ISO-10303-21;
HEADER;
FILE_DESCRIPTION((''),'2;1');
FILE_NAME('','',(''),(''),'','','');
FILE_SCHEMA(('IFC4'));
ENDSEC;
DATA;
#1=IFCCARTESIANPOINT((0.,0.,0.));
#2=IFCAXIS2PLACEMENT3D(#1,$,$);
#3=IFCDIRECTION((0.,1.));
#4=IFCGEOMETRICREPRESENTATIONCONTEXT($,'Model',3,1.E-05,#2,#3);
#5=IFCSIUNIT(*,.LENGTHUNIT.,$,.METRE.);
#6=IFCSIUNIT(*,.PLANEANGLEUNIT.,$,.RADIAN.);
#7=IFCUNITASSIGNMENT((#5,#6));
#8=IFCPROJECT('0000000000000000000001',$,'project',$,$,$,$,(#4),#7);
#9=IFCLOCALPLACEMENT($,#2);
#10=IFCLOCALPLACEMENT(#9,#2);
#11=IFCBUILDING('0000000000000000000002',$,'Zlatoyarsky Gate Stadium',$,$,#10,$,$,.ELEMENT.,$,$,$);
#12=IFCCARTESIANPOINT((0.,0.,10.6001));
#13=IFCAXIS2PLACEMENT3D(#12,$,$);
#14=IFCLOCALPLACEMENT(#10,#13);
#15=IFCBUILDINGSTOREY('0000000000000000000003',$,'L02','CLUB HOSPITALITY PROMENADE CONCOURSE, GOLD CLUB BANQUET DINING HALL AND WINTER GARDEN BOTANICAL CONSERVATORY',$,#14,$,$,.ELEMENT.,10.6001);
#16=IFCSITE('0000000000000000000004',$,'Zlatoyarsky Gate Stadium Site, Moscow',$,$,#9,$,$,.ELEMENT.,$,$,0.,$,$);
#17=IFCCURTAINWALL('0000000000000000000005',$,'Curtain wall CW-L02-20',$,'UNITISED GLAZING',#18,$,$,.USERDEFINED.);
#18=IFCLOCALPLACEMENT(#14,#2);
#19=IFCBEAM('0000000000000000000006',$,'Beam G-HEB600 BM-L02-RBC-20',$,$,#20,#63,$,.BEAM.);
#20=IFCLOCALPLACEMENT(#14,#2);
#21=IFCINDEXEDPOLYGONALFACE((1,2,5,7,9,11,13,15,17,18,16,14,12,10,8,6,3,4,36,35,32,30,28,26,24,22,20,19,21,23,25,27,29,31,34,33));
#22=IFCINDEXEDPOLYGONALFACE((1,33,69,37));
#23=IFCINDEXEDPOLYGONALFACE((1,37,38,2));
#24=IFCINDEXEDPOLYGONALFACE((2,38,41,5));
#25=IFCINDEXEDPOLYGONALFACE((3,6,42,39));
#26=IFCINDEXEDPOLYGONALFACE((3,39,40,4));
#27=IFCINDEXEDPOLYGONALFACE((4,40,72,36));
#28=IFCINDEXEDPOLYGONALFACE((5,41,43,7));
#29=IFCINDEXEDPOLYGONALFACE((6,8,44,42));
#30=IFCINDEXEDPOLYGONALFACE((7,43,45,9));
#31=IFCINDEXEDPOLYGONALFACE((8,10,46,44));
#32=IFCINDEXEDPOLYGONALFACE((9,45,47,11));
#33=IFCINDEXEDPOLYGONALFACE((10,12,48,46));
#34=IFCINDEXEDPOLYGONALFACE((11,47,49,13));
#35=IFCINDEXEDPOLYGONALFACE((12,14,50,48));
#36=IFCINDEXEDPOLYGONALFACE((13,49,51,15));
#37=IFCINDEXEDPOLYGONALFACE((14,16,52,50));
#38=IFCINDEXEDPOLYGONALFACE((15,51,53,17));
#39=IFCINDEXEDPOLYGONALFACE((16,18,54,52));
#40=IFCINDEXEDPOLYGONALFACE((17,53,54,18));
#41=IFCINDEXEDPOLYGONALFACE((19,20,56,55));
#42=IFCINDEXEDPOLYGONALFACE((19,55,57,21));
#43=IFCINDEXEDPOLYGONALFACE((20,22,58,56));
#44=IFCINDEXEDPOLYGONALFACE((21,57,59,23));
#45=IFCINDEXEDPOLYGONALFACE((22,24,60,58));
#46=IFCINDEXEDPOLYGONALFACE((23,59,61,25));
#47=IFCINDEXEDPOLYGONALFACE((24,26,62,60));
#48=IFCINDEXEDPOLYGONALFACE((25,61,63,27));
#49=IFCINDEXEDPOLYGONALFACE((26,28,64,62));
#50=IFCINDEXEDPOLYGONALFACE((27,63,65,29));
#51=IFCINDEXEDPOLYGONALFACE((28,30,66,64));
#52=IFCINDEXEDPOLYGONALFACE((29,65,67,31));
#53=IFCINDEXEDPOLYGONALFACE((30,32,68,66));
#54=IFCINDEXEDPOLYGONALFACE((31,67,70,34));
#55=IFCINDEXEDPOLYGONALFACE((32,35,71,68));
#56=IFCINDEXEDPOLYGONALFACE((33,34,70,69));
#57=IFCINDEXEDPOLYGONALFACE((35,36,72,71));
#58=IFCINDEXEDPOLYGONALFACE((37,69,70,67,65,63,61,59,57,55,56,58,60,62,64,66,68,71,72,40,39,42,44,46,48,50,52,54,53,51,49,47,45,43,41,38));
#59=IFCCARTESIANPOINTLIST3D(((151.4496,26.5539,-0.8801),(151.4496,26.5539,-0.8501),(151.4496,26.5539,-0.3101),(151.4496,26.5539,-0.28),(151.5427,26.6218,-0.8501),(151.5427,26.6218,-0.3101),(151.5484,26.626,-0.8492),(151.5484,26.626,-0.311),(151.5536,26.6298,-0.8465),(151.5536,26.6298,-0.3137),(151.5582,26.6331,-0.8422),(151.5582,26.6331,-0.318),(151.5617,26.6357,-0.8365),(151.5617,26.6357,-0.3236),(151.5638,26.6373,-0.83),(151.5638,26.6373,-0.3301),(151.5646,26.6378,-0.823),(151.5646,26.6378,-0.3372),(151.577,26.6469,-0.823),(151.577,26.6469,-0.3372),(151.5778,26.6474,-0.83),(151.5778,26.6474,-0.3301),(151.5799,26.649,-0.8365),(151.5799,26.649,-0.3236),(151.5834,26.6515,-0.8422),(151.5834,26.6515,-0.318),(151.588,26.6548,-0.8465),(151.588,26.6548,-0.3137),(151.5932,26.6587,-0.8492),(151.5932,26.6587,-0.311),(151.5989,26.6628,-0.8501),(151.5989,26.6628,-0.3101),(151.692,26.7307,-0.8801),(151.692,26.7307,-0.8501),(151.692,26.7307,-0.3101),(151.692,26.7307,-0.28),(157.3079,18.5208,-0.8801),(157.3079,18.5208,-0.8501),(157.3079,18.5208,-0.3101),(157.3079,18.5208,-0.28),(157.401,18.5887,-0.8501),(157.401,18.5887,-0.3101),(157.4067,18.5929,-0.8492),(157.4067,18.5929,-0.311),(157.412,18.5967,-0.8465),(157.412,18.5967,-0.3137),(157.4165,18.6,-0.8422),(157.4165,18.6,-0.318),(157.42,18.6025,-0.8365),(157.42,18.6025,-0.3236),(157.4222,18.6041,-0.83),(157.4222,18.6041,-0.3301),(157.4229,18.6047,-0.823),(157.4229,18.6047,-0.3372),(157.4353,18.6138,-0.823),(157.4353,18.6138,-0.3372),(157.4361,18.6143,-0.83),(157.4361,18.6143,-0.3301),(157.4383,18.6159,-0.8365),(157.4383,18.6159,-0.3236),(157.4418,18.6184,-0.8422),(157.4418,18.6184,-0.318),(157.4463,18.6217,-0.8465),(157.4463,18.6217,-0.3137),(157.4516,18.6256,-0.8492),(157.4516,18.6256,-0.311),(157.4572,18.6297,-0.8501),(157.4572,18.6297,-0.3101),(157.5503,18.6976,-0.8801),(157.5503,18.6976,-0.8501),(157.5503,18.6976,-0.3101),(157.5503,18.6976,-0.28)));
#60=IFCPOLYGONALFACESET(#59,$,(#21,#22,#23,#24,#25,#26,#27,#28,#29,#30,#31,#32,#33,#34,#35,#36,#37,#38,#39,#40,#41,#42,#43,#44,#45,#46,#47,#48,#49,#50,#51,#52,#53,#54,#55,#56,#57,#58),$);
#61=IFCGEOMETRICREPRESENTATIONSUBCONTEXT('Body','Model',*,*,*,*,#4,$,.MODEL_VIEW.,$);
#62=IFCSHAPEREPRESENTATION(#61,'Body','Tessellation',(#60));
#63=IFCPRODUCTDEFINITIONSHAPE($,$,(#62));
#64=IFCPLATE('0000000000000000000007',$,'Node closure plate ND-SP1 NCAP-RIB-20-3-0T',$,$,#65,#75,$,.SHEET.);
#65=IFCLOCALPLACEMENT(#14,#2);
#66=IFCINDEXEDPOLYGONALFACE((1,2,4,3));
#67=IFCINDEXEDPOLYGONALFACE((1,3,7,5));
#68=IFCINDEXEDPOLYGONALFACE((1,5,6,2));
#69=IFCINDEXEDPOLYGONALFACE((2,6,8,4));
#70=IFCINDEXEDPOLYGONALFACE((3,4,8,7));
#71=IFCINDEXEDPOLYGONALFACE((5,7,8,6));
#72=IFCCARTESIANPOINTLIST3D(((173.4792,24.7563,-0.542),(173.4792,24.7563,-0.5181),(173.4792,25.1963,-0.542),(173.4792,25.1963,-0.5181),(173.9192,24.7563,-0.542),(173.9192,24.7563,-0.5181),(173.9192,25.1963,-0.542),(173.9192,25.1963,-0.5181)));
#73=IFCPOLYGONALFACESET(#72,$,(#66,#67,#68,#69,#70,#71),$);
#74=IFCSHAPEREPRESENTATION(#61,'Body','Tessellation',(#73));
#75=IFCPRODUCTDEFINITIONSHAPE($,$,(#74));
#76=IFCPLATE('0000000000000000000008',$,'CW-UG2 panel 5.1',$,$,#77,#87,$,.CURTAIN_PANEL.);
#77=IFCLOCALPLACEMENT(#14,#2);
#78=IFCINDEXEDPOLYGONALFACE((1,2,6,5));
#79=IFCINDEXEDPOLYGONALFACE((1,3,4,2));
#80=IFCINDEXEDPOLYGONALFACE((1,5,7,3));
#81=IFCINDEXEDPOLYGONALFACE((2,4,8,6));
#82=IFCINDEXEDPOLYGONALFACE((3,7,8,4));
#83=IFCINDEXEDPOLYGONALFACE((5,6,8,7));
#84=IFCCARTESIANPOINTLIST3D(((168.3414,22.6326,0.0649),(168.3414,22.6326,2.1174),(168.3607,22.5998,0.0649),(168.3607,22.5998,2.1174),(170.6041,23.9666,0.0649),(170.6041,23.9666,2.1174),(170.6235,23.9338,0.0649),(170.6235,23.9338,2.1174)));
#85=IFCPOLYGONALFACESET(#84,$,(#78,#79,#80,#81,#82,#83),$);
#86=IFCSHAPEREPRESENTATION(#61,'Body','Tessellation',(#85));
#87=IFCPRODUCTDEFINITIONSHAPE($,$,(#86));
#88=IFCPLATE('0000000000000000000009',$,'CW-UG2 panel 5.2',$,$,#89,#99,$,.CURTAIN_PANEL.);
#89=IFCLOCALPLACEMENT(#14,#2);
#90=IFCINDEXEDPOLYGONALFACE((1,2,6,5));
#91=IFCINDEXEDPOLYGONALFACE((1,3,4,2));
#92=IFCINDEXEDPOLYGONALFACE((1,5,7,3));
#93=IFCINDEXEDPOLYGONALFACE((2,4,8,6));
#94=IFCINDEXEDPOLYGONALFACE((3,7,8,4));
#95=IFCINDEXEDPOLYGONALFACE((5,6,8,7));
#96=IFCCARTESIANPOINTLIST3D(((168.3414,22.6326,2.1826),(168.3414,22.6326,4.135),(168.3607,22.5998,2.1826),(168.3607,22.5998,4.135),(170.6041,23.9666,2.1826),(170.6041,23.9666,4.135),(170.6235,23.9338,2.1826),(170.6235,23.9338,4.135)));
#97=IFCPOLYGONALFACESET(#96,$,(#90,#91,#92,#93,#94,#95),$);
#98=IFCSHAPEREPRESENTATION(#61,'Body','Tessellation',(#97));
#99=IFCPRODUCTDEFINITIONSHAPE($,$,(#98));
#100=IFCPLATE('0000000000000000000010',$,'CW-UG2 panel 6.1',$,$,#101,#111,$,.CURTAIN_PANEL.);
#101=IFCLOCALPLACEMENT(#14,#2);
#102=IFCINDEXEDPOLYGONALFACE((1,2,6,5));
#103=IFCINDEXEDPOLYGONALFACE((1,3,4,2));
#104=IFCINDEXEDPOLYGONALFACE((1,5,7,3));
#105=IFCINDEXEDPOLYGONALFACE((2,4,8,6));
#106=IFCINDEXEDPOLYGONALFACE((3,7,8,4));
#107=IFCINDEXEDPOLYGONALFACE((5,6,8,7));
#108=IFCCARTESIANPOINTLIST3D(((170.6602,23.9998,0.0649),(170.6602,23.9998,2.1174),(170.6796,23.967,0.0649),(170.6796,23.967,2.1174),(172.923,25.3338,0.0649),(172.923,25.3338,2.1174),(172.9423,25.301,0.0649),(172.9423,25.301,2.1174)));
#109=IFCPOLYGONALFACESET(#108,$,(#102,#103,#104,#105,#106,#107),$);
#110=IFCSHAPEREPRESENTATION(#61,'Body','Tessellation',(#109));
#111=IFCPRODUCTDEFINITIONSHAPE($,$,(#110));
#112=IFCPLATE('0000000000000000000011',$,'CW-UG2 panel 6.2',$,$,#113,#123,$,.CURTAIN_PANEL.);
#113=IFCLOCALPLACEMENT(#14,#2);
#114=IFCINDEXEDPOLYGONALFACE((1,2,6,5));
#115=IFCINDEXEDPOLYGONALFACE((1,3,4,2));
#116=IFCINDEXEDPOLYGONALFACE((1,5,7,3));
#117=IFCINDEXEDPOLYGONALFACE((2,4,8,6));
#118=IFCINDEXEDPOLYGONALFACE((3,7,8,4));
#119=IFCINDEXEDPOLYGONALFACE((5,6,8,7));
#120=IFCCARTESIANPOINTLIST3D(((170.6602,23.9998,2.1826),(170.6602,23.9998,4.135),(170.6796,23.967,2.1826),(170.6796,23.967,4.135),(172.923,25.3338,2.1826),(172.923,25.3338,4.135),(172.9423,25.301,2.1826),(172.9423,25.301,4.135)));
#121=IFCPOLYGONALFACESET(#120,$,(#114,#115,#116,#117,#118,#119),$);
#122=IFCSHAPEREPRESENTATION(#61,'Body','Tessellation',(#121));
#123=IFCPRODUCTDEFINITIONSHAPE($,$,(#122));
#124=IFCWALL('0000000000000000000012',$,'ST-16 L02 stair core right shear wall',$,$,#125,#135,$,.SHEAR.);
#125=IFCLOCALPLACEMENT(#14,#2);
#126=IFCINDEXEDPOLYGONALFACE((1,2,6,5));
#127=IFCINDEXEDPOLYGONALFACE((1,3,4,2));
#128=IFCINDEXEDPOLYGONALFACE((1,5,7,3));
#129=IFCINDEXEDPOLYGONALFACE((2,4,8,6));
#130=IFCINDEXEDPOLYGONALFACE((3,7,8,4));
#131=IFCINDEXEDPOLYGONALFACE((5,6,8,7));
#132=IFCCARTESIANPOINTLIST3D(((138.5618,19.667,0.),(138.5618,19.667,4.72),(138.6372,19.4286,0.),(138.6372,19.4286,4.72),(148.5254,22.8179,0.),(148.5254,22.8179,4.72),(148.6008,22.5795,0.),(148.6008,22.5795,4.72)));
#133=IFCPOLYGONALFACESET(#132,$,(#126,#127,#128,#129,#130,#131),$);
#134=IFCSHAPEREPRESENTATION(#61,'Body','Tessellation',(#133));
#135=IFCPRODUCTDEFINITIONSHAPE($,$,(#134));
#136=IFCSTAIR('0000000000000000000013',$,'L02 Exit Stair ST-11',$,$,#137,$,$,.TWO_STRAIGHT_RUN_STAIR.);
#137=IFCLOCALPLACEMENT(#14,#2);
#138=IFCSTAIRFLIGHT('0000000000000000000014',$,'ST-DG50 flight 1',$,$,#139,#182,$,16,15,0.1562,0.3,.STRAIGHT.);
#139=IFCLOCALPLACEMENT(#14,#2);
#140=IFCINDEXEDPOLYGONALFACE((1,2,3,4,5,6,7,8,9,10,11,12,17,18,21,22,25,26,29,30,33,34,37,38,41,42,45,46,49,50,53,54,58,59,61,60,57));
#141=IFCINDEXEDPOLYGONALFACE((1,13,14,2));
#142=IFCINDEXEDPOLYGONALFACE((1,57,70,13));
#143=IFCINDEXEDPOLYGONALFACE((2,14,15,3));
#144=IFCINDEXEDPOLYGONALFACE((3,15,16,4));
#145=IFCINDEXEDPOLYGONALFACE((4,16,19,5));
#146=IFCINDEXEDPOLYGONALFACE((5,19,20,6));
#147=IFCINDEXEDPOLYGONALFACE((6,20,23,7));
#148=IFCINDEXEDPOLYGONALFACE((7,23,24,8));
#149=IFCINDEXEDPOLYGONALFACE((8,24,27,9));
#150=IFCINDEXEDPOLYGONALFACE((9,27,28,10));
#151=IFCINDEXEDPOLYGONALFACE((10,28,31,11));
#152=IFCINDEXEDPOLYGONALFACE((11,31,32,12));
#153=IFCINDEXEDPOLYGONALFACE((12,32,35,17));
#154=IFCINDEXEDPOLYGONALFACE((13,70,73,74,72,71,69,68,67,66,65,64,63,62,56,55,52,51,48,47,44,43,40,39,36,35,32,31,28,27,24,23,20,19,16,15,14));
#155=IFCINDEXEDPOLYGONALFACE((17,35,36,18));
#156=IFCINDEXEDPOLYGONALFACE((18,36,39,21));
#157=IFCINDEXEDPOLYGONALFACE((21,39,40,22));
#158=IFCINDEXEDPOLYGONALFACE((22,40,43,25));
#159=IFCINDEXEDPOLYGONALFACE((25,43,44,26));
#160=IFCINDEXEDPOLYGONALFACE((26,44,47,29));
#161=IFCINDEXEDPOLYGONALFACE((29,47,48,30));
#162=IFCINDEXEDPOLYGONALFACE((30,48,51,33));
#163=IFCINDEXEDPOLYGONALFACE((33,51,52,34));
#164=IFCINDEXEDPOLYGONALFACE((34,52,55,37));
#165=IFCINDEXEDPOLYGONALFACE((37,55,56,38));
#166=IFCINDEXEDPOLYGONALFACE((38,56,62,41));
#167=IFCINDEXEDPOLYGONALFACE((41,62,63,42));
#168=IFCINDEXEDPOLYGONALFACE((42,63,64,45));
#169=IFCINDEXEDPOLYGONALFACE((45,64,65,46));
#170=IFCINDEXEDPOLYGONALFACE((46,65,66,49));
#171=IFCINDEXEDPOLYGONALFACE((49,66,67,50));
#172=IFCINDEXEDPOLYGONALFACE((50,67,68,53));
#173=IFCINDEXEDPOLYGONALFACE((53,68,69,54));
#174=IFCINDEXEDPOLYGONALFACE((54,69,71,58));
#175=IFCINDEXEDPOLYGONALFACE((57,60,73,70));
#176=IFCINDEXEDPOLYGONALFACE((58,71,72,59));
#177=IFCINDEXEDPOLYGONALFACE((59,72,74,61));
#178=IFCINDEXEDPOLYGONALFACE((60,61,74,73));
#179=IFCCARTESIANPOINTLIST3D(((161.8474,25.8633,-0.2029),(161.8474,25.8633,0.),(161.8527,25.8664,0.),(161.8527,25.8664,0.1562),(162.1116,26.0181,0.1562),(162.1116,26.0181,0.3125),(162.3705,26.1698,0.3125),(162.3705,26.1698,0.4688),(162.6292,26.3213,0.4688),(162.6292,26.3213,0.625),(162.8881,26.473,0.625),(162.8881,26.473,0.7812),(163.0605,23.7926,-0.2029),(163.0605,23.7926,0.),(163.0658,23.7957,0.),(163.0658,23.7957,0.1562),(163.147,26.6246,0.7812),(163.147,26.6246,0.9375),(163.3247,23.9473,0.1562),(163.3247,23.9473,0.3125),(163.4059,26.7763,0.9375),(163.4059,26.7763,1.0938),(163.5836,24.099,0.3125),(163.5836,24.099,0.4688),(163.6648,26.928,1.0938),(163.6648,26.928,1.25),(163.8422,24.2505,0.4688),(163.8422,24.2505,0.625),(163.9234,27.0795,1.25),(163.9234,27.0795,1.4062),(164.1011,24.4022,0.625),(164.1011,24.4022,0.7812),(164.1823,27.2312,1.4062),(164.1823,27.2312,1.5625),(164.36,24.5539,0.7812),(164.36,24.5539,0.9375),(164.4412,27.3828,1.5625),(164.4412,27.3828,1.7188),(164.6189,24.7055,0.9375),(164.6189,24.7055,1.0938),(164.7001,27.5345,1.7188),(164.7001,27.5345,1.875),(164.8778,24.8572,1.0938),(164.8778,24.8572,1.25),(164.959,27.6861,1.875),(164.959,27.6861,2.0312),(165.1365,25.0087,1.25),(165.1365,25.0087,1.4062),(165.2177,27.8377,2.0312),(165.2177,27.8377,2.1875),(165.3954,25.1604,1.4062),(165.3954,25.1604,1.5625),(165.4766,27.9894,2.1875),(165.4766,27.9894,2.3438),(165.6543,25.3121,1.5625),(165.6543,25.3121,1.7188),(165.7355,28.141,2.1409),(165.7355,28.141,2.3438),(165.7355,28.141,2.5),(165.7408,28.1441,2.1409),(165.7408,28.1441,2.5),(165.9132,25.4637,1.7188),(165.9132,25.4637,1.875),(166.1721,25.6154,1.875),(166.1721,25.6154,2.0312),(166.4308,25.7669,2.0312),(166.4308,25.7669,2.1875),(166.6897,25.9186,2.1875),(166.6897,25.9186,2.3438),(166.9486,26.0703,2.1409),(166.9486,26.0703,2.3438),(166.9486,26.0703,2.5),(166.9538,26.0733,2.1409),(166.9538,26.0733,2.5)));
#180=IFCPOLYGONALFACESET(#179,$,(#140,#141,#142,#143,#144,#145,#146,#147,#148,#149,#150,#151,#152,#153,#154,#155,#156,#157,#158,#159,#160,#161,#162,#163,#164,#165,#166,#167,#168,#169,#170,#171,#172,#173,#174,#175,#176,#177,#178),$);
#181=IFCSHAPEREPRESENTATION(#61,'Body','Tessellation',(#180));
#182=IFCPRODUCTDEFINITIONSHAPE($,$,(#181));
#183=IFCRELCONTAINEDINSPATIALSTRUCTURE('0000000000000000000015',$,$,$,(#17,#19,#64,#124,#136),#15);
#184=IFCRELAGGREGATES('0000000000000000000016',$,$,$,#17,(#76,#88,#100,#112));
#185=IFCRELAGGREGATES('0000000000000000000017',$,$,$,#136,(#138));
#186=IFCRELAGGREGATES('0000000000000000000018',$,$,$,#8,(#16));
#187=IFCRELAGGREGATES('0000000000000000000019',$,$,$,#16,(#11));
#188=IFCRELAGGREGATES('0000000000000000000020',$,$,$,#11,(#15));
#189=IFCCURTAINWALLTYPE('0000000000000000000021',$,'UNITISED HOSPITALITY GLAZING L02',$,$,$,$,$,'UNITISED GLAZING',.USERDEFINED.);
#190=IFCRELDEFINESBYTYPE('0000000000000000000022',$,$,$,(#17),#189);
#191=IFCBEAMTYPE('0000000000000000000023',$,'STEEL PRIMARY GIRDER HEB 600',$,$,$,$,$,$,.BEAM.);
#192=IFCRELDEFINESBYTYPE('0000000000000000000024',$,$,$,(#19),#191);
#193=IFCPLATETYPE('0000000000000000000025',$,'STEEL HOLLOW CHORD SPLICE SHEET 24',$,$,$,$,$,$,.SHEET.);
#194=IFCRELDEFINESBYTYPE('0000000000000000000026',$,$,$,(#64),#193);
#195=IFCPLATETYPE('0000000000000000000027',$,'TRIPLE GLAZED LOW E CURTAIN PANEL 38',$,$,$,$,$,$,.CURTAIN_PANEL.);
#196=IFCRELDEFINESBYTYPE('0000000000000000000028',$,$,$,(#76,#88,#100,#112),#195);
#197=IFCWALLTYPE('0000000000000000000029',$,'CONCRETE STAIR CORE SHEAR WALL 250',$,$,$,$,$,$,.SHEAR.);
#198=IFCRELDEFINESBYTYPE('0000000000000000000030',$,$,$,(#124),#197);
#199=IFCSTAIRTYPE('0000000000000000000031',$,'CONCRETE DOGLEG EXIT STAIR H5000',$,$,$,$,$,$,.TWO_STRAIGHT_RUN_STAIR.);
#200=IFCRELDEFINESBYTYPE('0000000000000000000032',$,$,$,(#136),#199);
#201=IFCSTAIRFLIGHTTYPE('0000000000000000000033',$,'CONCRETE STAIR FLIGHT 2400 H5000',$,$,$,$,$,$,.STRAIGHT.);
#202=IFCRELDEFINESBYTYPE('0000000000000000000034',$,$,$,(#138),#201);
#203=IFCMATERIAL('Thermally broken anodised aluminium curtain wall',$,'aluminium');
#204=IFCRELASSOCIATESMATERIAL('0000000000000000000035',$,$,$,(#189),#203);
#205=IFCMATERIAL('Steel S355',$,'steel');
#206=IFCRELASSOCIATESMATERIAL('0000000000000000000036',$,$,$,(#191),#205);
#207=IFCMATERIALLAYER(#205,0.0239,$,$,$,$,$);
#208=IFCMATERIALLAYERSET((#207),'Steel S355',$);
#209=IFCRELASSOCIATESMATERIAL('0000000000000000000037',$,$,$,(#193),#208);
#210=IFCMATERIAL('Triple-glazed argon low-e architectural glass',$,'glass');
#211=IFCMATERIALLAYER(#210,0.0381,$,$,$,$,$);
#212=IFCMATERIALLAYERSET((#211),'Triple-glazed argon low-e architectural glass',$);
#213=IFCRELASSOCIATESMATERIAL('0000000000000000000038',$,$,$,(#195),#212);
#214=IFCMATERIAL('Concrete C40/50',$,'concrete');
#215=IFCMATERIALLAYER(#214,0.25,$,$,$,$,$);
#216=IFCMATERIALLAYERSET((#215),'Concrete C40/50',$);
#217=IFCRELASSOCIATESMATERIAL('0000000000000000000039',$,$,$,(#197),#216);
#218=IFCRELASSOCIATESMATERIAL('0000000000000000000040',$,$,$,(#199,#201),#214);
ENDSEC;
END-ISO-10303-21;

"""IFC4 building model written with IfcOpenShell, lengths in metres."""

from ifc_helpers import new_model, si_unit, direction, frame, frame_2d, origin, origin_2d, place, context, subcontext, project, spatial, polyline, rectangle, i_section, outline, extrude, material, layer, layer_set, material_profile, profile_set, type_object, element, aggregate, save


model = new_model("IFC4")

# Units and contexts
model_context = context("Model", 3, precision=1e-05, world=origin(), true_north=direction((0.0, 1.0)))
body_context = subcontext(model_context, "Body", "Model", "MODEL_VIEW")
ifc_project = project(units=[si_unit("LENGTHUNIT", "METRE"), si_unit("PLANEANGLEUNIT", "RADIAN")], contexts=[model_context])

# Site, building, storey
site_placement = place(None, origin())
site = spatial("IfcSite", under=ifc_project, at=site_placement, Name="Zlatoyarsky Gate Stadium Site, Moscow", CompositionType="ELEMENT", RefElevation=0.0)
building_placement = place(site_placement, origin())
building = spatial("IfcBuilding", under=site, at=building_placement, Name="Zlatoyarsky Gate Stadium", CompositionType="ELEMENT")
storey_placement = place(building_placement, frame((0.0, 0.0, 10.6001)))
storey = spatial("IfcBuildingStorey", under=building, at=storey_placement, Name="L02", Description="CLUB HOSPITALITY PROMENADE CONCOURSE, GOLD CLUB BANQUET DINING HALL AND WINTER GARDEN BOTANICAL CONSERVATORY", CompositionType="ELEMENT", Elevation=10.6001)

# Shared definitions
ifc_material_1 = material(Name="Concrete C40/50", Category="concrete")

# Curtain wall
ifc_material_2 = material(Name="Thermally broken anodised aluminium curtain wall", Category="aluminium")
curtain_wall_type = type_object("IfcCurtainWallType", Name="UNITISED HOSPITALITY GLAZING L02", ElementType="UNITISED GLAZING", PredefinedType="USERDEFINED", material=ifc_material_2)
curtain_wall_placement = place(storey_placement, origin())
curtain_wall = element("IfcCurtainWall", 1, at=curtain_wall_placement, inside=storey, type_object=curtain_wall_type, Name="Curtain wall CW-L02-20", ObjectType="UNITISED GLAZING", PredefinedType="USERDEFINED")

# Beam
ifc_material_3 = material(Name="Steel S355", Category="steel")
ifc_material_profile_1 = material_profile(ifc_material_3, i_section(OverallWidth=0.3, OverallDepth=0.6001, WebThickness=0.0154, FlangeThickness=0.03, FilletRadius=0.0271, at=origin_2d()), Name="HEB 600")
ifc_profile_set_1 = profile_set([ifc_material_profile_1], Name="Steel S355")
beam_type = type_object("IfcBeamType", Name="STEEL PRIMARY GIRDER HEB 600", PredefinedType="BEAM", material=ifc_profile_set_1)
beam_placement = place(storey_placement, frame((151.5708, 26.6423, -0.5801), z_axis=(0.589228, -0.807967, 0.0), x_axis=(0.807967, 0.589228, 0.0)))
element("IfcBeam", 2, at=beam_placement, inside=storey, type_object=beam_type, Name="Beam G-HEB600 BM-L02-RBC-20", PredefinedType="BEAM", context=body_context, shape_type="SweptSolid", body=[
    extrude(i_section(OverallWidth=0.3, OverallDepth=0.6001, WebThickness=0.0154, FlangeThickness=0.03, FilletRadius=0.0271, at=origin_2d()), origin(), (0.0, 0.0, 1.0), 9.9424),
])

# Plates
ifc_layer_1 = layer(ifc_material_3, 0.0239)
ifc_layer_set_1 = layer_set([ifc_layer_1], Name="Steel S355")
plate_type_1 = type_object("IfcPlateType", Name="STEEL HOLLOW CHORD SPLICE SHEET 24", PredefinedType="SHEET", material=ifc_layer_set_1)
plate_1_placement = place(storey_placement, frame((173.6992, 24.9763, -0.542), z_axis=(0.0, 0.0, 1.0), x_axis=(1.0, 0.0, 0.0)))
element("IfcPlate", 3, at=plate_1_placement, inside=storey, type_object=plate_type_1, Name="Node closure plate ND-SP1 NCAP-RIB-20-3-0T", PredefinedType="SHEET", context=body_context, shape_type="SweptSolid", body=[
    extrude(rectangle(XDim=0.4399, YDim=0.4399, at=origin_2d()), origin(), (0.0, 0.0, 1.0), 0.0239),
])
ifc_material_4 = material(Name="Triple-glazed argon low-e architectural glass", Category="glass")
ifc_layer_2 = layer(ifc_material_4, 0.0381)
ifc_layer_set_2 = layer_set([ifc_layer_2], Name="Triple-glazed argon low-e architectural glass")
plate_type_2 = type_object("IfcPlateType", Name="TRIPLE GLAZED LOW E CURTAIN PANEL 38", PredefinedType="CURTAIN_PANEL", material=ifc_layer_set_2)
plate_2_placement = place(storey_placement, frame((169.4824, 23.2832, 0.0649), z_axis=(0.0, 0.0, 1.0), x_axis=(0.861425, 0.507884, 0.0)))
plate_2 = element("IfcPlate", 4, at=plate_2_placement, type_object=plate_type_2, Name="CW-UG2 panel 5.1", PredefinedType="CURTAIN_PANEL", context=body_context, shape_type="SweptSolid", body=[
    extrude(rectangle(XDim=2.6267, YDim=0.0381, at=origin_2d()), origin(), (0.0, 0.0, 1.0), 2.0525),
])
plate_3_placement = place(storey_placement, frame((169.4824, 23.2832, 2.1826), z_axis=(0.0, 0.0, 1.0), x_axis=(0.861425, 0.507884, 0.0)))
plate_3 = element("IfcPlate", 5, at=plate_3_placement, type_object=plate_type_2, Name="CW-UG2 panel 5.2", PredefinedType="CURTAIN_PANEL", context=body_context, shape_type="SweptSolid", body=[
    extrude(rectangle(XDim=2.6267, YDim=0.0381, at=origin_2d()), origin(), (0.0, 0.0, 1.0), 1.9524),
])
plate_4_placement = place(storey_placement, frame((171.8013, 24.6504, 0.0649), z_axis=(0.0, 0.0, 1.0), x_axis=(0.861425, 0.507884, 0.0)))
plate_4 = element("IfcPlate", 6, at=plate_4_placement, type_object=plate_type_2, Name="CW-UG2 panel 6.1", PredefinedType="CURTAIN_PANEL", context=body_context, shape_type="SweptSolid", body=[
    extrude(rectangle(XDim=2.6267, YDim=0.0381, at=origin_2d()), origin(), (0.0, 0.0, 1.0), 2.0525),
])
plate_5_placement = place(storey_placement, frame((171.8013, 24.6504, 2.1826), z_axis=(0.0, 0.0, 1.0), x_axis=(0.861425, 0.507884, 0.0)))
plate_5 = element("IfcPlate", 7, at=plate_5_placement, type_object=plate_type_2, Name="CW-UG2 panel 6.2", PredefinedType="CURTAIN_PANEL", context=body_context, shape_type="SweptSolid", body=[
    extrude(rectangle(XDim=2.6267, YDim=0.0381, at=origin_2d()), origin(), (0.0, 0.0, 1.0), 1.9524),
])
aggregate(curtain_wall, [plate_2, plate_3, plate_4, plate_5])

# Wall
ifc_layer_3 = layer(ifc_material_1, 0.25)
ifc_layer_set_3 = layer_set([ifc_layer_3], Name="Concrete C40/50")
wall_type = type_object("IfcWallType", Name="CONCRETE STAIR CORE SHEAR WALL 250", PredefinedType="SHEAR", material=ifc_layer_set_3)
wall_placement = place(storey_placement, frame((148.5632, 22.6987, 0.0), z_axis=(0.0, 0.0, 1.0), x_axis=(-0.95346, -0.30152, 0.0)))
element("IfcWall", 8, at=wall_placement, inside=storey, type_object=wall_type, Name="ST-16 L02 stair core right shear wall", PredefinedType="SHEAR", context=body_context, shape_type="SweptSolid", body=[
    extrude(rectangle(XDim=10.45, YDim=0.25, at=frame_2d((5.2251, 0.0))), origin(), (0.0, 0.0, 1.0), 4.72),
])

# Stair, stair flight
stair_type = type_object("IfcStairType", Name="CONCRETE DOGLEG EXIT STAIR H5000", PredefinedType="TWO_STRAIGHT_RUN_STAIR", material=ifc_material_1)
stair_placement = place(storey_placement, origin())
stair = element("IfcStair", 9, at=stair_placement, inside=storey, type_object=stair_type, Name="L02 Exit Stair ST-11", PredefinedType="TWO_STRAIGHT_RUN_STAIR")
stair_flight_type = type_object("IfcStairFlightType", Name="CONCRETE STAIR FLIGHT 2400 H5000", PredefinedType="STRAIGHT", material=ifc_material_1)
stair_flight_placement = place(storey_placement, frame((162.4592, 24.8311, 0.0), z_axis=(0.0, 0.0, 1.0), x_axis=(0.862848, 0.505463, 0.0)))
stair_flight = element("IfcStairFlight", 10, at=stair_flight_placement, type_object=stair_flight_type, Name="ST-DG50 flight 1", NumberOfRisers=16, NumberOfTreads=15, PredefinedType="STRAIGHT", RiserHeight=0.1562, TreadLength=0.3, context=body_context, shape_type="SweptSolid", body=[
    extrude(outline(polyline([(-0.0061, -0.2029), (-0.0061, 0.0), (0.0, 0.0), (0.0, 0.1562), (0.3, 0.1562), (0.3, 0.3125), (0.6001, 0.3125), (0.6001, 0.4688), (0.8999, 0.4688), (0.8999, 0.625), (1.2, 0.625), (1.2, 0.7812), (1.5, 0.7812), (1.5, 0.9375), (1.8, 0.9375), (1.8, 1.0938), (2.1001, 1.0938), (2.1001, 1.25), (2.3999, 1.25), (2.3999, 1.4062), (2.7, 1.4062), (2.7, 1.5625), (3.0, 1.5625), (3.0, 1.7188), (3.3, 1.7188), (3.3, 1.875), (3.6001, 1.875), (3.6001, 2.0312), (3.8999, 2.0312), (3.8999, 2.1875), (4.2, 2.1875), (4.2, 2.3438), (4.5, 2.3438), (4.5, 2.5), (4.5061, 2.5), (4.5061, 2.1409), (4.5, 2.1409), (-0.0061, -0.2029)])), frame((0.0, 1.2, 0.0), z_axis=(0.0, -1.0, 0.0), x_axis=(1.0, 0.0, 0.0)), (0.0, 0.0, 1.0), 2.3999),
])
aggregate(stair, [stair_flight])

save(model, "model.ifc")
